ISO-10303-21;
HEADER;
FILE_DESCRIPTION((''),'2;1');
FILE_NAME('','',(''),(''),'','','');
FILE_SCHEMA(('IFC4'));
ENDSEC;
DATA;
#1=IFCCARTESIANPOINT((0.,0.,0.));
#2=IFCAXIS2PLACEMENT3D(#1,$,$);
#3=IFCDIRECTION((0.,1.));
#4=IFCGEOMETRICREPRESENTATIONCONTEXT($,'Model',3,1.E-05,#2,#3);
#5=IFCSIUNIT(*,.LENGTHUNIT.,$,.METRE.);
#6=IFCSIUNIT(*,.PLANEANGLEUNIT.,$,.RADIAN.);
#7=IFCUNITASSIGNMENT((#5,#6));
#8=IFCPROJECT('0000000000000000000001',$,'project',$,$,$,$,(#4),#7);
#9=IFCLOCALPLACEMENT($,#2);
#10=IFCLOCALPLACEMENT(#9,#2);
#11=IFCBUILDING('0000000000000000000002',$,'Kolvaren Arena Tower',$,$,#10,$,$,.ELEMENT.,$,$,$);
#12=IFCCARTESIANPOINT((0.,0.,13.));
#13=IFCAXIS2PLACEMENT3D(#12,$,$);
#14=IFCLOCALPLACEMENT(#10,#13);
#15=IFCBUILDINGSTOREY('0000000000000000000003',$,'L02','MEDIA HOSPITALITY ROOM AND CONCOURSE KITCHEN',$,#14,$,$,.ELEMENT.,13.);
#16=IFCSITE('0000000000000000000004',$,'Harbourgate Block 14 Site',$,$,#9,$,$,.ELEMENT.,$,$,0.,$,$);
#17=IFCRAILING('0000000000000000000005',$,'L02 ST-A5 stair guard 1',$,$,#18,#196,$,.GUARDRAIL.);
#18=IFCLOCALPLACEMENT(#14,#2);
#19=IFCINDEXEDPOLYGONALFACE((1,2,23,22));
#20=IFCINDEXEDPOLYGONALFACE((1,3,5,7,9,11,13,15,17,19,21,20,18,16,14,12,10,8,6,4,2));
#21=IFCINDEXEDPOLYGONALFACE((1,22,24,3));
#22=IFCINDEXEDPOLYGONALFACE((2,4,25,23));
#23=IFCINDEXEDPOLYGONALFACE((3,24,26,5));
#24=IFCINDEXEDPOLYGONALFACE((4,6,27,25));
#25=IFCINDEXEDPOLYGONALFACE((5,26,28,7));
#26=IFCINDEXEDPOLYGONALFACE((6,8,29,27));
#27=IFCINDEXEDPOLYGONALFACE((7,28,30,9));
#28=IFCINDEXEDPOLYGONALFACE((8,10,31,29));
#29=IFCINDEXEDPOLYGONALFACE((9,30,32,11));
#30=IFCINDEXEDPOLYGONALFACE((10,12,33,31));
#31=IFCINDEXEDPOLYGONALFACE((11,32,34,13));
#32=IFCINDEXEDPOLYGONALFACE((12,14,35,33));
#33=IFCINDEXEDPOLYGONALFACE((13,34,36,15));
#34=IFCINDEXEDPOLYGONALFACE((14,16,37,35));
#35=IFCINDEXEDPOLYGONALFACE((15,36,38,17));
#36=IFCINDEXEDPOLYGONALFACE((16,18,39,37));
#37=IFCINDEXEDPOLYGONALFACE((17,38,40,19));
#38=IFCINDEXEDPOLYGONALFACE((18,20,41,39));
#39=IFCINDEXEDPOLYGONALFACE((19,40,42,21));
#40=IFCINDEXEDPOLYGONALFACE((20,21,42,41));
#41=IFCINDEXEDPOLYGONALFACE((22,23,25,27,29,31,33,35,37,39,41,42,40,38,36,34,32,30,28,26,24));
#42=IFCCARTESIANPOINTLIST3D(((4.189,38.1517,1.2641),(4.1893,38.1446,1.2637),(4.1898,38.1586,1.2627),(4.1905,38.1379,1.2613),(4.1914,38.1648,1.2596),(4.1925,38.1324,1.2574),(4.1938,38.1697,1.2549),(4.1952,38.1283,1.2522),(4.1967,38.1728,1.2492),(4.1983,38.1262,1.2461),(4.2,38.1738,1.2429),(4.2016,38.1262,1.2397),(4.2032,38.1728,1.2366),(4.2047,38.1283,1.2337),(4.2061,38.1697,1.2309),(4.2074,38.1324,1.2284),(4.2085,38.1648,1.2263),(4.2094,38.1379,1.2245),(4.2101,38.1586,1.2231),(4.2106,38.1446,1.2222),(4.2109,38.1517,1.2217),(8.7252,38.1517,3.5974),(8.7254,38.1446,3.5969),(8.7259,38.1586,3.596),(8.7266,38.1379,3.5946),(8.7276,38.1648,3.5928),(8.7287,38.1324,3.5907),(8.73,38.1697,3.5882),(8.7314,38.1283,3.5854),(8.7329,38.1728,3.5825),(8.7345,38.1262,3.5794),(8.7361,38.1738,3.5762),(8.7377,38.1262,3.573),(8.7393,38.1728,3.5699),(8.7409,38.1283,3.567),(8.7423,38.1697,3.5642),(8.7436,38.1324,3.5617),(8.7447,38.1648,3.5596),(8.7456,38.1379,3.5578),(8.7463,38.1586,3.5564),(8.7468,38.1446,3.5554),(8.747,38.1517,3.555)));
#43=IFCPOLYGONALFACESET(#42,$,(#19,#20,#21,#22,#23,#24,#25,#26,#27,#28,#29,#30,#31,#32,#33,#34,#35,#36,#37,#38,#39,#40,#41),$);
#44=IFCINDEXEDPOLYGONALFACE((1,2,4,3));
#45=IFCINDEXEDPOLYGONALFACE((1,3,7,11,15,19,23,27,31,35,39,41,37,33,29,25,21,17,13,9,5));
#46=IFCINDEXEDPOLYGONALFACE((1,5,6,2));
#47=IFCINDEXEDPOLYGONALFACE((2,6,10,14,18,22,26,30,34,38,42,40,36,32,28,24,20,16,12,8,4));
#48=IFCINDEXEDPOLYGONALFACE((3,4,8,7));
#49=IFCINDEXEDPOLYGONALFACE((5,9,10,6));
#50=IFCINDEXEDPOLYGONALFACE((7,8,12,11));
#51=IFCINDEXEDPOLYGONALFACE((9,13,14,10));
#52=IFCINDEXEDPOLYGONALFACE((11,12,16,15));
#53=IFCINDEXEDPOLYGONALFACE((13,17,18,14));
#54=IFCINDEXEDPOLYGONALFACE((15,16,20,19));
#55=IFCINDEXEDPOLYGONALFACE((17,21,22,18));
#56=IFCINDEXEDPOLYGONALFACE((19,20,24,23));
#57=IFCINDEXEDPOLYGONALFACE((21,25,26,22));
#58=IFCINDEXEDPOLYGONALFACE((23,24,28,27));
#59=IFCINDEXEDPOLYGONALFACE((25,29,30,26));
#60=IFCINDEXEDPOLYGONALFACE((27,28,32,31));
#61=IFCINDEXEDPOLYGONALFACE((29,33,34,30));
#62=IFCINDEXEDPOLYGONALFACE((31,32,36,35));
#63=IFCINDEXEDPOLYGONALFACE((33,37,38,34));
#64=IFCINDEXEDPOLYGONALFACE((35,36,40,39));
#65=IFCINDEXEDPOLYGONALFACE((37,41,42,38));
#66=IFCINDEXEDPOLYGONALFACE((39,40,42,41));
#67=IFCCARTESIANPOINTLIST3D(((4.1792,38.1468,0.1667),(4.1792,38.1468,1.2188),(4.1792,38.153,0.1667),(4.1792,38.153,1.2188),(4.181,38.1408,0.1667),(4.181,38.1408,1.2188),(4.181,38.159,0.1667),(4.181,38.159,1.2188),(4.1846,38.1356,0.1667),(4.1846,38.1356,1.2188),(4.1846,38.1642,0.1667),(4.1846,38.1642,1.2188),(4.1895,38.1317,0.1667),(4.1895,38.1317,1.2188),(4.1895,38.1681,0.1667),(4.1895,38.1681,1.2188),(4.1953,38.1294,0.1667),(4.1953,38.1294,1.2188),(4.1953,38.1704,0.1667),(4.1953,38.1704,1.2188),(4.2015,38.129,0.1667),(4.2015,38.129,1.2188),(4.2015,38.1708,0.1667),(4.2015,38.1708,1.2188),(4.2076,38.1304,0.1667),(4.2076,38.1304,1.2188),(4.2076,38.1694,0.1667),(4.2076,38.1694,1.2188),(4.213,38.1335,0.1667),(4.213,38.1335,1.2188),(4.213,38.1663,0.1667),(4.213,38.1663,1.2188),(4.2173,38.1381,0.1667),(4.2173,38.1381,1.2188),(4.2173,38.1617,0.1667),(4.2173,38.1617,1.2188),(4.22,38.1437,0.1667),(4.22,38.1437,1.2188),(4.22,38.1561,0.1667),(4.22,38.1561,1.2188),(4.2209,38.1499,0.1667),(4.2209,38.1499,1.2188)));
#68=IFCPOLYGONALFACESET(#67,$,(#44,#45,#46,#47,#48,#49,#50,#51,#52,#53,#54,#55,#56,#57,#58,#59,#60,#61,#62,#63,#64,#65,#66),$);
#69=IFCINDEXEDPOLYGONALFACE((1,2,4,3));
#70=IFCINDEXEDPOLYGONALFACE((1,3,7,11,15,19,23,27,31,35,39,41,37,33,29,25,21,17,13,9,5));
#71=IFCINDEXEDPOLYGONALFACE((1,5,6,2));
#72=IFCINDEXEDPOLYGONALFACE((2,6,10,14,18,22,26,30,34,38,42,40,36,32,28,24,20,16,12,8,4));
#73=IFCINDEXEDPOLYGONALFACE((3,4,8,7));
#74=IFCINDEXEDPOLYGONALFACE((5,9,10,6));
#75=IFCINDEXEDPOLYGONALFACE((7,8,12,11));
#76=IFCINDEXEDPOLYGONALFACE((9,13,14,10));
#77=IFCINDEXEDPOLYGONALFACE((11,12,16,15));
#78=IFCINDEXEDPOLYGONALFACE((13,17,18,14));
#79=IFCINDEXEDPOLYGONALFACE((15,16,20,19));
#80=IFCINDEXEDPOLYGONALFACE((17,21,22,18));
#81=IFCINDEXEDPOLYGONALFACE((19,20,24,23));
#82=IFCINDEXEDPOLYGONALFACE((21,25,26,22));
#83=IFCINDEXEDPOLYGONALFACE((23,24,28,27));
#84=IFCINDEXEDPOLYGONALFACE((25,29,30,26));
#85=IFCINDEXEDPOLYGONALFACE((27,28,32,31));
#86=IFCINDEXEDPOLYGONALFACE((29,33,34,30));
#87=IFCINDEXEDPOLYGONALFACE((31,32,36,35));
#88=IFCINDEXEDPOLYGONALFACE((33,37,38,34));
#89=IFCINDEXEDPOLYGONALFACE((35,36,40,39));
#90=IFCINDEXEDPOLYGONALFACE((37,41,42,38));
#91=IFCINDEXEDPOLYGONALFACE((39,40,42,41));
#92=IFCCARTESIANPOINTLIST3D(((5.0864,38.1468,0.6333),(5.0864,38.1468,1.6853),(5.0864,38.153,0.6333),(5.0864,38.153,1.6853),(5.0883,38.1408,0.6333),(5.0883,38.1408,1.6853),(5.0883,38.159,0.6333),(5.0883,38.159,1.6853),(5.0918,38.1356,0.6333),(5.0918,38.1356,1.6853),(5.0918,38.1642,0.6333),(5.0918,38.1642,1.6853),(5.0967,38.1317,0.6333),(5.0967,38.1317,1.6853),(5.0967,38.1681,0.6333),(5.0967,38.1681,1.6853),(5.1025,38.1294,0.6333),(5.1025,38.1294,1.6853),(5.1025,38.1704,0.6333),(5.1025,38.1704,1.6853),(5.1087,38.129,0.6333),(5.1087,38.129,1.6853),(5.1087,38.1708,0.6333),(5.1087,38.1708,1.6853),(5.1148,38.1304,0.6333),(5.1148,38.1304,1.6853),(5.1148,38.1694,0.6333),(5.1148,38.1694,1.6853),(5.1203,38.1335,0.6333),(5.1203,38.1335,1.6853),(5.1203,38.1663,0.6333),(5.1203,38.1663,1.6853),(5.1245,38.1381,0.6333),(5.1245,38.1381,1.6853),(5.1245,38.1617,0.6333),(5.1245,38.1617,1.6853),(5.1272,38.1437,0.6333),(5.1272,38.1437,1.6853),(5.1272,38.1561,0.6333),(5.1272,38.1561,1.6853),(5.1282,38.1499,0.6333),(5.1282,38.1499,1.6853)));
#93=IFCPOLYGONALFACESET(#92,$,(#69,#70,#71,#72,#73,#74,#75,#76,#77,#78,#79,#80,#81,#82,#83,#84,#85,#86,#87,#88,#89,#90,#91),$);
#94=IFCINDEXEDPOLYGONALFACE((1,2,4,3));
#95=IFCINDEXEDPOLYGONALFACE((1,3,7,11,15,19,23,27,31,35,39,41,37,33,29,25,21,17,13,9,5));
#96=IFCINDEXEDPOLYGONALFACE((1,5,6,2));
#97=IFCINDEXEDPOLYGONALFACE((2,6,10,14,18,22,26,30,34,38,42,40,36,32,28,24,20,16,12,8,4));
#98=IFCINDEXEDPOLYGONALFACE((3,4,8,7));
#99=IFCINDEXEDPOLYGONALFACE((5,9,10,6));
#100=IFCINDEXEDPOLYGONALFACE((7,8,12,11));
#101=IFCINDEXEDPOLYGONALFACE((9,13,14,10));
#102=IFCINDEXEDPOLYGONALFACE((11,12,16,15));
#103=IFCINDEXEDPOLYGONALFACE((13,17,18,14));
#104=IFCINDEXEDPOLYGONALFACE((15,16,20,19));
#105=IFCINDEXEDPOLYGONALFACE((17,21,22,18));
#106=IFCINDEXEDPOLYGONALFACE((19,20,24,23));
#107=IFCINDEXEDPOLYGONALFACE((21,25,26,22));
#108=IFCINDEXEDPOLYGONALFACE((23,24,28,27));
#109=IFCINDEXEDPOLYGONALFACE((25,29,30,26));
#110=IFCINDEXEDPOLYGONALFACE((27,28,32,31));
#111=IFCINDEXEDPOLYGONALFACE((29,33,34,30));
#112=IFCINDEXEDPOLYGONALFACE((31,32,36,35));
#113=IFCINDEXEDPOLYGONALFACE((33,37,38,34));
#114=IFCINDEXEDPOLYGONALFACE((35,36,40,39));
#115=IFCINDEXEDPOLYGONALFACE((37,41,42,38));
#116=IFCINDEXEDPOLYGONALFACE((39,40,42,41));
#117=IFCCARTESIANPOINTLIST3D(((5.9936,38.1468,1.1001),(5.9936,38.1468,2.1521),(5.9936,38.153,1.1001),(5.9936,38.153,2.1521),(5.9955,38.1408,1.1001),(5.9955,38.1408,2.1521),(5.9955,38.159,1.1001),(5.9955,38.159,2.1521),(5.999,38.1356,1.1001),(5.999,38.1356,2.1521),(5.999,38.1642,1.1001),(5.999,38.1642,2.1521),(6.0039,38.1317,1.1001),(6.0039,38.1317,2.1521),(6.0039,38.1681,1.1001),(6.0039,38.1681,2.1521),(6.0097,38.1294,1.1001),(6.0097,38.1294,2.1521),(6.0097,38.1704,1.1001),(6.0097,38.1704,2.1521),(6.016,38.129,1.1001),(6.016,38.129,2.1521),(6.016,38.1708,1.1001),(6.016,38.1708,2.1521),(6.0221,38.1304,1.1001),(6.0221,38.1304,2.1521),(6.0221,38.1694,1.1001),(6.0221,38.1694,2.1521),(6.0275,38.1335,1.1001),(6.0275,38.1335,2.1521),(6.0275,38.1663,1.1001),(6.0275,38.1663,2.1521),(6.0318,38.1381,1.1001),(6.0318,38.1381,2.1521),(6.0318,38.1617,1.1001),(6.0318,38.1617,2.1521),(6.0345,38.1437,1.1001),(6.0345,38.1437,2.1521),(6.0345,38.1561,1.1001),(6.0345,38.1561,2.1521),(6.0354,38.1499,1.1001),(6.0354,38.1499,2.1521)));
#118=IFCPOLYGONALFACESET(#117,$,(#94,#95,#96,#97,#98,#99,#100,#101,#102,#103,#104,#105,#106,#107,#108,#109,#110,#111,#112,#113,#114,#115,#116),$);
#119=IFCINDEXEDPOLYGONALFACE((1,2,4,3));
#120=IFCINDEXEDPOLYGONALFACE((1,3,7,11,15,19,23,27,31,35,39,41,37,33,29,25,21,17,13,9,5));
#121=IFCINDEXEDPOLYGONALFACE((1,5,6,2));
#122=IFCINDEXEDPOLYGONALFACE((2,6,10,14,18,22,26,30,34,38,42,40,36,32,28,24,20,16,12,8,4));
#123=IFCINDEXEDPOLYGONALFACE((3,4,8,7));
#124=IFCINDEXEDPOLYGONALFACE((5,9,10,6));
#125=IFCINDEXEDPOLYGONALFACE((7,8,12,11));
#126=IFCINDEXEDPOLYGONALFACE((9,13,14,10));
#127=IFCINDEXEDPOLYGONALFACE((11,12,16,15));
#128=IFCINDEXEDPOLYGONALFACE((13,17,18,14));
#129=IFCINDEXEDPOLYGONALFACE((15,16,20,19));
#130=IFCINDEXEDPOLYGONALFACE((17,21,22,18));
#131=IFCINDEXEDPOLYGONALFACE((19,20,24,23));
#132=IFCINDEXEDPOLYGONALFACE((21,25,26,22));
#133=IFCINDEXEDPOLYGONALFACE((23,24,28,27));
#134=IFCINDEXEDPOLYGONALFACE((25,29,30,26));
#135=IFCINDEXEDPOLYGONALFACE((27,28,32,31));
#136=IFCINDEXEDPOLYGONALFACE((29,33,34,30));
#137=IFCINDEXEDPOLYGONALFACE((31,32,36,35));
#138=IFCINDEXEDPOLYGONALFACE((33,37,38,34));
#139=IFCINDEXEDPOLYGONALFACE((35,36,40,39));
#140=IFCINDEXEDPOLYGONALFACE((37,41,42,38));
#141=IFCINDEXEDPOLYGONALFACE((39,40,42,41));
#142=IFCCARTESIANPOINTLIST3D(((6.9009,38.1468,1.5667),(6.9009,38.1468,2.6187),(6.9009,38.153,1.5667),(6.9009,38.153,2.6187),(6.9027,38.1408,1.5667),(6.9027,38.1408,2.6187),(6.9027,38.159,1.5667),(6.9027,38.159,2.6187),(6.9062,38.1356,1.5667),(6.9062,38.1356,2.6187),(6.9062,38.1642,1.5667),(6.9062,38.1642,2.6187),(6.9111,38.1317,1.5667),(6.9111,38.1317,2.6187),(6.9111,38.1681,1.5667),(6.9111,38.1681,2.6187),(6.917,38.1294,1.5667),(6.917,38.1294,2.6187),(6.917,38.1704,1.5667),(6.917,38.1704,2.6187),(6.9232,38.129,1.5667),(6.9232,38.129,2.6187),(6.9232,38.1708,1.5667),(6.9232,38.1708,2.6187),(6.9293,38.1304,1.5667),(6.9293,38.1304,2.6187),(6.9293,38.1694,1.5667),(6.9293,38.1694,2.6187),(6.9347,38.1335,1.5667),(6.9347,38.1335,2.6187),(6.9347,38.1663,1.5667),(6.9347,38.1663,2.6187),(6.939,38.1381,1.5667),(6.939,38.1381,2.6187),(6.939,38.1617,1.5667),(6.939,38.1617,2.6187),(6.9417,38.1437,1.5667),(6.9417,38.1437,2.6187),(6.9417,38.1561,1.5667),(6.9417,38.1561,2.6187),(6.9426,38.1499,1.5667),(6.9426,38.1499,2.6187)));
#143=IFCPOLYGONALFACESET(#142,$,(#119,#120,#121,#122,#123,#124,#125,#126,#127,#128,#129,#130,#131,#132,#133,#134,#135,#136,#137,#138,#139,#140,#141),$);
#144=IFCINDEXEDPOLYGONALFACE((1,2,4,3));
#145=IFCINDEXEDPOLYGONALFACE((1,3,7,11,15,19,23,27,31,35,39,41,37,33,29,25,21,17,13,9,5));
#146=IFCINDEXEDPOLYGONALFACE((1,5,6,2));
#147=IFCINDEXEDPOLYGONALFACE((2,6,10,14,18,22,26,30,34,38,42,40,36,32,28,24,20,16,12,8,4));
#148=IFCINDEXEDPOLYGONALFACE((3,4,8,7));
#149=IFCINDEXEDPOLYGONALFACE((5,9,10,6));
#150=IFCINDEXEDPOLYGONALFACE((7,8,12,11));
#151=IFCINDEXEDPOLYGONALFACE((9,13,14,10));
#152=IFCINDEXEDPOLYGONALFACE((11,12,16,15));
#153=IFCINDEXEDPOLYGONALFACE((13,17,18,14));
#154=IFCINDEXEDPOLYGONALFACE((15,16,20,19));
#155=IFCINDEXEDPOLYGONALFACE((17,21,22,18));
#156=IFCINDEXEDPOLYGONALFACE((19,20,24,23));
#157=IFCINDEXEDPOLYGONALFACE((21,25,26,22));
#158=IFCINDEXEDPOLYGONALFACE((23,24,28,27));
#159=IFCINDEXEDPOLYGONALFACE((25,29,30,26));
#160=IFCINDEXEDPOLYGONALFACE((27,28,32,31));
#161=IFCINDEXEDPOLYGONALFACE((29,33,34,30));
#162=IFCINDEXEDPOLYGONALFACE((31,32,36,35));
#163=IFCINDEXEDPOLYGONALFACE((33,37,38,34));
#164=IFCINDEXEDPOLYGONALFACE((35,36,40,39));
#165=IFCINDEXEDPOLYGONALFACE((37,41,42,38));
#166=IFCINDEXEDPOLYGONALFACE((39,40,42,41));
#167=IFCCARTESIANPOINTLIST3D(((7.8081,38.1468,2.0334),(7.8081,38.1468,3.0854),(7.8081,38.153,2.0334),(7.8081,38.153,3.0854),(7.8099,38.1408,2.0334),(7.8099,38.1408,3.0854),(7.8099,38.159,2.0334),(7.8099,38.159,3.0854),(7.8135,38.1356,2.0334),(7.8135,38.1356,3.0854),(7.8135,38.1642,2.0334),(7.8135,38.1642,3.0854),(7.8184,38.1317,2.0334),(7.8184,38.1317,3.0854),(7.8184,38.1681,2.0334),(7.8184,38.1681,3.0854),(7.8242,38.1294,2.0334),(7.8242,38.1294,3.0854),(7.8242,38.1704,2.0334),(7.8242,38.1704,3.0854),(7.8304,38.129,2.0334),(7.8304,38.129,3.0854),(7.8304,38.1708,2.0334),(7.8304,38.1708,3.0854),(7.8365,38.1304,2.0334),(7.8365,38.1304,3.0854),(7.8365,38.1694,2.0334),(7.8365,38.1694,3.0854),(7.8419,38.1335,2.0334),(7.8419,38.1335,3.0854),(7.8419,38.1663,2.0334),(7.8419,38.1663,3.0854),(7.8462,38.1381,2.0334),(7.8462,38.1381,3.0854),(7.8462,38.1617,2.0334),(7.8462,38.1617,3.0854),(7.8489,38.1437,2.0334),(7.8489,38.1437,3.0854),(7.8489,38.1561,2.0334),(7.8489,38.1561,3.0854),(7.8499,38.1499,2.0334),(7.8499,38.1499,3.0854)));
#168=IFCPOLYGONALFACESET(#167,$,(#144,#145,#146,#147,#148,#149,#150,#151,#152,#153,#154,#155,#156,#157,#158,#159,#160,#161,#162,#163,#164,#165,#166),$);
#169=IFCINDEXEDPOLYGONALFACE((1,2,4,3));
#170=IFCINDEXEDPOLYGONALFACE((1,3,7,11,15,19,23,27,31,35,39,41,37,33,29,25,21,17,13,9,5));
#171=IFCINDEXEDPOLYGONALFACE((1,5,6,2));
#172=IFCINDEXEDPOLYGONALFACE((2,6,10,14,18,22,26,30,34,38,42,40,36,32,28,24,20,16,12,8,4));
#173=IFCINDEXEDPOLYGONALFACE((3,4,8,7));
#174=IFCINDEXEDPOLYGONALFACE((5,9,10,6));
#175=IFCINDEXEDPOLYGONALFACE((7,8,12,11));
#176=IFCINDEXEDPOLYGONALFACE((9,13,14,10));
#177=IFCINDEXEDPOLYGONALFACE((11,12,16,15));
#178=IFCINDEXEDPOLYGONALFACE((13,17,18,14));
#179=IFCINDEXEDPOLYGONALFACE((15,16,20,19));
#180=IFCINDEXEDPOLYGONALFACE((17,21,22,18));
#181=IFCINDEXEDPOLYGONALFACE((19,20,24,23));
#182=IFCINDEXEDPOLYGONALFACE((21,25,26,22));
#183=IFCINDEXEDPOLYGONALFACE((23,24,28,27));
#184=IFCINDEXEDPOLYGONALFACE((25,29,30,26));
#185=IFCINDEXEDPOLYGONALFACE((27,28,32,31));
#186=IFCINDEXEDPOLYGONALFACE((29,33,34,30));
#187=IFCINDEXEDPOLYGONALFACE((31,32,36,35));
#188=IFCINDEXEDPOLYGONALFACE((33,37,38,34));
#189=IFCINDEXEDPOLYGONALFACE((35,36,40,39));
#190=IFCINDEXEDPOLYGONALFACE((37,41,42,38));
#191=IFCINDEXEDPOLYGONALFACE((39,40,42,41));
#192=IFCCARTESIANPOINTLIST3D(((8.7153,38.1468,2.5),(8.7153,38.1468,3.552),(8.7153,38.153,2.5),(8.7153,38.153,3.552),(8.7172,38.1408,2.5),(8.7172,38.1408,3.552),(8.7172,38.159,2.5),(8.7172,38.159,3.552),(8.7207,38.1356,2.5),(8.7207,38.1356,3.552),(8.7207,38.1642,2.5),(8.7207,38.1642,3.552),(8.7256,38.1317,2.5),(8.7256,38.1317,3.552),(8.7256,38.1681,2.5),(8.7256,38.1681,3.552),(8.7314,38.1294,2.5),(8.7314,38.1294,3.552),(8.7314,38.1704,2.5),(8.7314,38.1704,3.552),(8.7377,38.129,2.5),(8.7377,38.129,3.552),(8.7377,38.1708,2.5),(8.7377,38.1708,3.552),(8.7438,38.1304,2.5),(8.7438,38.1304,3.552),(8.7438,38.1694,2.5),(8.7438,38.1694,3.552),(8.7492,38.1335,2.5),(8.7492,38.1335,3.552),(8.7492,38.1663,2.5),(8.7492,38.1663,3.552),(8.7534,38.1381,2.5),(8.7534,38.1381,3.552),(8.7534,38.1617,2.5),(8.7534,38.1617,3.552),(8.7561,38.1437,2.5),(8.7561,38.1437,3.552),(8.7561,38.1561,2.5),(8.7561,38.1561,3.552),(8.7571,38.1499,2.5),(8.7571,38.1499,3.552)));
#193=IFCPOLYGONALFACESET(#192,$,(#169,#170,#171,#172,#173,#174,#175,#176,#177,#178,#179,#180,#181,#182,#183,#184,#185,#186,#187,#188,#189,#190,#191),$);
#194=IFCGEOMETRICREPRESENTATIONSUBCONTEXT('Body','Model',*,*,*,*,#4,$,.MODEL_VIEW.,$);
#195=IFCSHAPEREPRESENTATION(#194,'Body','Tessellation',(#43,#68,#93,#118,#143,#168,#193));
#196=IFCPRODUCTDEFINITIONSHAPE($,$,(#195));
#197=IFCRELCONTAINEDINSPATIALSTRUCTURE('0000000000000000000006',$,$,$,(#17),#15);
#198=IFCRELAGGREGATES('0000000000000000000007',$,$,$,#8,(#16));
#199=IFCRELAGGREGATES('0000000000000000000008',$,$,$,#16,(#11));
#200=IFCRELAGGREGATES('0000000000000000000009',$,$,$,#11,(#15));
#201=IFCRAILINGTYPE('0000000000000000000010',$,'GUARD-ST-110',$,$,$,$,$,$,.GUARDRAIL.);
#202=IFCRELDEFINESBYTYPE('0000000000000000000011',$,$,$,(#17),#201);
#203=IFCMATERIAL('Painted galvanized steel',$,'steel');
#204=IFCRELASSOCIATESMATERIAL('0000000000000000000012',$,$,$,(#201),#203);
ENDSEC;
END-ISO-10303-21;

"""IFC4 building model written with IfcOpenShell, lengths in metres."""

from ifc_helpers import new_model, si_unit, direction, frame, origin, origin_2d, place, context, subcontext, project, spatial, circle, extrude, material, type_object, element, save


model = new_model("IFC4")

# Units and contexts
model_context = context("Model", 3, precision=1e-05, world=origin(), true_north=direction((0.0, 1.0)))
body_context = subcontext(model_context, "Body", "Model", "MODEL_VIEW")
ifc_project = project(units=[si_unit("LENGTHUNIT", "METRE"), si_unit("PLANEANGLEUNIT", "RADIAN")], contexts=[model_context])

# Site, building, storey
site_placement = place(None, origin())
site = spatial("IfcSite", under=ifc_project, at=site_placement, Name="Harbourgate Block 14 Site", CompositionType="ELEMENT", RefElevation=0.0)
building_placement = place(site_placement, origin())
building = spatial("IfcBuilding", under=site, at=building_placement, Name="Kolvaren Arena Tower", CompositionType="ELEMENT")
storey_placement = place(building_placement, frame((0.0, 0.0, 13.0)))
storey = spatial("IfcBuildingStorey", under=building, at=storey_placement, Name="L02", Description="MEDIA HOSPITALITY ROOM AND CONCOURSE KITCHEN", CompositionType="ELEMENT", Elevation=13.0)

# Railing
ifc_material_1 = material(Name="Painted galvanized steel", Category="steel")
railing_type_1 = type_object("IfcRailingType", Name="GUARD-ST-110", PredefinedType="GUARDRAIL", material=ifc_material_1)
railing_1_placement = place(storey_placement, frame((4.2, 38.1499, 0.1667)))
element("IfcRailing", 1, at=railing_1_placement, inside=storey, type_object=railing_type_1, Name="L02 ST-A5 stair guard 1", PredefinedType="GUARDRAIL", context=body_context, shape_type="SweptSolid", body=[
    extrude(circle(Radius=0.0239, at=origin_2d()), frame((0.0, 0.0, 1.0762), z_axis=(0.889257, 0.0, 0.457407), x_axis=(0.0, 1.0, 0.0)), (0.0, 0.0, 1.0), 5.1011),
    extrude(circle(Radius=0.021, at=origin_2d()), origin(), (0.0, 0.0, 1.0), 1.052),
    extrude(circle(Radius=0.021, at=origin_2d()), frame((0.9072, 0.0, 0.4666)), (0.0, 0.0, 1.0), 1.052),
    extrude(circle(Radius=0.021, at=origin_2d()), frame((1.8145, 0.0, 0.9333)), (0.0, 0.0, 1.0), 1.052),
    extrude(circle(Radius=0.021, at=origin_2d()), frame((2.7217, 0.0, 1.3999)), (0.0, 0.0, 1.0), 1.052),
    extrude(circle(Radius=0.021, at=origin_2d()), frame((3.6289, 0.0, 1.8667)), (0.0, 0.0, 1.0), 1.052),
    extrude(circle(Radius=0.021, at=origin_2d()), frame((4.5361, 0.0, 2.3333)), (0.0, 0.0, 1.0), 1.052),
])

save(model, "model.ifc")
